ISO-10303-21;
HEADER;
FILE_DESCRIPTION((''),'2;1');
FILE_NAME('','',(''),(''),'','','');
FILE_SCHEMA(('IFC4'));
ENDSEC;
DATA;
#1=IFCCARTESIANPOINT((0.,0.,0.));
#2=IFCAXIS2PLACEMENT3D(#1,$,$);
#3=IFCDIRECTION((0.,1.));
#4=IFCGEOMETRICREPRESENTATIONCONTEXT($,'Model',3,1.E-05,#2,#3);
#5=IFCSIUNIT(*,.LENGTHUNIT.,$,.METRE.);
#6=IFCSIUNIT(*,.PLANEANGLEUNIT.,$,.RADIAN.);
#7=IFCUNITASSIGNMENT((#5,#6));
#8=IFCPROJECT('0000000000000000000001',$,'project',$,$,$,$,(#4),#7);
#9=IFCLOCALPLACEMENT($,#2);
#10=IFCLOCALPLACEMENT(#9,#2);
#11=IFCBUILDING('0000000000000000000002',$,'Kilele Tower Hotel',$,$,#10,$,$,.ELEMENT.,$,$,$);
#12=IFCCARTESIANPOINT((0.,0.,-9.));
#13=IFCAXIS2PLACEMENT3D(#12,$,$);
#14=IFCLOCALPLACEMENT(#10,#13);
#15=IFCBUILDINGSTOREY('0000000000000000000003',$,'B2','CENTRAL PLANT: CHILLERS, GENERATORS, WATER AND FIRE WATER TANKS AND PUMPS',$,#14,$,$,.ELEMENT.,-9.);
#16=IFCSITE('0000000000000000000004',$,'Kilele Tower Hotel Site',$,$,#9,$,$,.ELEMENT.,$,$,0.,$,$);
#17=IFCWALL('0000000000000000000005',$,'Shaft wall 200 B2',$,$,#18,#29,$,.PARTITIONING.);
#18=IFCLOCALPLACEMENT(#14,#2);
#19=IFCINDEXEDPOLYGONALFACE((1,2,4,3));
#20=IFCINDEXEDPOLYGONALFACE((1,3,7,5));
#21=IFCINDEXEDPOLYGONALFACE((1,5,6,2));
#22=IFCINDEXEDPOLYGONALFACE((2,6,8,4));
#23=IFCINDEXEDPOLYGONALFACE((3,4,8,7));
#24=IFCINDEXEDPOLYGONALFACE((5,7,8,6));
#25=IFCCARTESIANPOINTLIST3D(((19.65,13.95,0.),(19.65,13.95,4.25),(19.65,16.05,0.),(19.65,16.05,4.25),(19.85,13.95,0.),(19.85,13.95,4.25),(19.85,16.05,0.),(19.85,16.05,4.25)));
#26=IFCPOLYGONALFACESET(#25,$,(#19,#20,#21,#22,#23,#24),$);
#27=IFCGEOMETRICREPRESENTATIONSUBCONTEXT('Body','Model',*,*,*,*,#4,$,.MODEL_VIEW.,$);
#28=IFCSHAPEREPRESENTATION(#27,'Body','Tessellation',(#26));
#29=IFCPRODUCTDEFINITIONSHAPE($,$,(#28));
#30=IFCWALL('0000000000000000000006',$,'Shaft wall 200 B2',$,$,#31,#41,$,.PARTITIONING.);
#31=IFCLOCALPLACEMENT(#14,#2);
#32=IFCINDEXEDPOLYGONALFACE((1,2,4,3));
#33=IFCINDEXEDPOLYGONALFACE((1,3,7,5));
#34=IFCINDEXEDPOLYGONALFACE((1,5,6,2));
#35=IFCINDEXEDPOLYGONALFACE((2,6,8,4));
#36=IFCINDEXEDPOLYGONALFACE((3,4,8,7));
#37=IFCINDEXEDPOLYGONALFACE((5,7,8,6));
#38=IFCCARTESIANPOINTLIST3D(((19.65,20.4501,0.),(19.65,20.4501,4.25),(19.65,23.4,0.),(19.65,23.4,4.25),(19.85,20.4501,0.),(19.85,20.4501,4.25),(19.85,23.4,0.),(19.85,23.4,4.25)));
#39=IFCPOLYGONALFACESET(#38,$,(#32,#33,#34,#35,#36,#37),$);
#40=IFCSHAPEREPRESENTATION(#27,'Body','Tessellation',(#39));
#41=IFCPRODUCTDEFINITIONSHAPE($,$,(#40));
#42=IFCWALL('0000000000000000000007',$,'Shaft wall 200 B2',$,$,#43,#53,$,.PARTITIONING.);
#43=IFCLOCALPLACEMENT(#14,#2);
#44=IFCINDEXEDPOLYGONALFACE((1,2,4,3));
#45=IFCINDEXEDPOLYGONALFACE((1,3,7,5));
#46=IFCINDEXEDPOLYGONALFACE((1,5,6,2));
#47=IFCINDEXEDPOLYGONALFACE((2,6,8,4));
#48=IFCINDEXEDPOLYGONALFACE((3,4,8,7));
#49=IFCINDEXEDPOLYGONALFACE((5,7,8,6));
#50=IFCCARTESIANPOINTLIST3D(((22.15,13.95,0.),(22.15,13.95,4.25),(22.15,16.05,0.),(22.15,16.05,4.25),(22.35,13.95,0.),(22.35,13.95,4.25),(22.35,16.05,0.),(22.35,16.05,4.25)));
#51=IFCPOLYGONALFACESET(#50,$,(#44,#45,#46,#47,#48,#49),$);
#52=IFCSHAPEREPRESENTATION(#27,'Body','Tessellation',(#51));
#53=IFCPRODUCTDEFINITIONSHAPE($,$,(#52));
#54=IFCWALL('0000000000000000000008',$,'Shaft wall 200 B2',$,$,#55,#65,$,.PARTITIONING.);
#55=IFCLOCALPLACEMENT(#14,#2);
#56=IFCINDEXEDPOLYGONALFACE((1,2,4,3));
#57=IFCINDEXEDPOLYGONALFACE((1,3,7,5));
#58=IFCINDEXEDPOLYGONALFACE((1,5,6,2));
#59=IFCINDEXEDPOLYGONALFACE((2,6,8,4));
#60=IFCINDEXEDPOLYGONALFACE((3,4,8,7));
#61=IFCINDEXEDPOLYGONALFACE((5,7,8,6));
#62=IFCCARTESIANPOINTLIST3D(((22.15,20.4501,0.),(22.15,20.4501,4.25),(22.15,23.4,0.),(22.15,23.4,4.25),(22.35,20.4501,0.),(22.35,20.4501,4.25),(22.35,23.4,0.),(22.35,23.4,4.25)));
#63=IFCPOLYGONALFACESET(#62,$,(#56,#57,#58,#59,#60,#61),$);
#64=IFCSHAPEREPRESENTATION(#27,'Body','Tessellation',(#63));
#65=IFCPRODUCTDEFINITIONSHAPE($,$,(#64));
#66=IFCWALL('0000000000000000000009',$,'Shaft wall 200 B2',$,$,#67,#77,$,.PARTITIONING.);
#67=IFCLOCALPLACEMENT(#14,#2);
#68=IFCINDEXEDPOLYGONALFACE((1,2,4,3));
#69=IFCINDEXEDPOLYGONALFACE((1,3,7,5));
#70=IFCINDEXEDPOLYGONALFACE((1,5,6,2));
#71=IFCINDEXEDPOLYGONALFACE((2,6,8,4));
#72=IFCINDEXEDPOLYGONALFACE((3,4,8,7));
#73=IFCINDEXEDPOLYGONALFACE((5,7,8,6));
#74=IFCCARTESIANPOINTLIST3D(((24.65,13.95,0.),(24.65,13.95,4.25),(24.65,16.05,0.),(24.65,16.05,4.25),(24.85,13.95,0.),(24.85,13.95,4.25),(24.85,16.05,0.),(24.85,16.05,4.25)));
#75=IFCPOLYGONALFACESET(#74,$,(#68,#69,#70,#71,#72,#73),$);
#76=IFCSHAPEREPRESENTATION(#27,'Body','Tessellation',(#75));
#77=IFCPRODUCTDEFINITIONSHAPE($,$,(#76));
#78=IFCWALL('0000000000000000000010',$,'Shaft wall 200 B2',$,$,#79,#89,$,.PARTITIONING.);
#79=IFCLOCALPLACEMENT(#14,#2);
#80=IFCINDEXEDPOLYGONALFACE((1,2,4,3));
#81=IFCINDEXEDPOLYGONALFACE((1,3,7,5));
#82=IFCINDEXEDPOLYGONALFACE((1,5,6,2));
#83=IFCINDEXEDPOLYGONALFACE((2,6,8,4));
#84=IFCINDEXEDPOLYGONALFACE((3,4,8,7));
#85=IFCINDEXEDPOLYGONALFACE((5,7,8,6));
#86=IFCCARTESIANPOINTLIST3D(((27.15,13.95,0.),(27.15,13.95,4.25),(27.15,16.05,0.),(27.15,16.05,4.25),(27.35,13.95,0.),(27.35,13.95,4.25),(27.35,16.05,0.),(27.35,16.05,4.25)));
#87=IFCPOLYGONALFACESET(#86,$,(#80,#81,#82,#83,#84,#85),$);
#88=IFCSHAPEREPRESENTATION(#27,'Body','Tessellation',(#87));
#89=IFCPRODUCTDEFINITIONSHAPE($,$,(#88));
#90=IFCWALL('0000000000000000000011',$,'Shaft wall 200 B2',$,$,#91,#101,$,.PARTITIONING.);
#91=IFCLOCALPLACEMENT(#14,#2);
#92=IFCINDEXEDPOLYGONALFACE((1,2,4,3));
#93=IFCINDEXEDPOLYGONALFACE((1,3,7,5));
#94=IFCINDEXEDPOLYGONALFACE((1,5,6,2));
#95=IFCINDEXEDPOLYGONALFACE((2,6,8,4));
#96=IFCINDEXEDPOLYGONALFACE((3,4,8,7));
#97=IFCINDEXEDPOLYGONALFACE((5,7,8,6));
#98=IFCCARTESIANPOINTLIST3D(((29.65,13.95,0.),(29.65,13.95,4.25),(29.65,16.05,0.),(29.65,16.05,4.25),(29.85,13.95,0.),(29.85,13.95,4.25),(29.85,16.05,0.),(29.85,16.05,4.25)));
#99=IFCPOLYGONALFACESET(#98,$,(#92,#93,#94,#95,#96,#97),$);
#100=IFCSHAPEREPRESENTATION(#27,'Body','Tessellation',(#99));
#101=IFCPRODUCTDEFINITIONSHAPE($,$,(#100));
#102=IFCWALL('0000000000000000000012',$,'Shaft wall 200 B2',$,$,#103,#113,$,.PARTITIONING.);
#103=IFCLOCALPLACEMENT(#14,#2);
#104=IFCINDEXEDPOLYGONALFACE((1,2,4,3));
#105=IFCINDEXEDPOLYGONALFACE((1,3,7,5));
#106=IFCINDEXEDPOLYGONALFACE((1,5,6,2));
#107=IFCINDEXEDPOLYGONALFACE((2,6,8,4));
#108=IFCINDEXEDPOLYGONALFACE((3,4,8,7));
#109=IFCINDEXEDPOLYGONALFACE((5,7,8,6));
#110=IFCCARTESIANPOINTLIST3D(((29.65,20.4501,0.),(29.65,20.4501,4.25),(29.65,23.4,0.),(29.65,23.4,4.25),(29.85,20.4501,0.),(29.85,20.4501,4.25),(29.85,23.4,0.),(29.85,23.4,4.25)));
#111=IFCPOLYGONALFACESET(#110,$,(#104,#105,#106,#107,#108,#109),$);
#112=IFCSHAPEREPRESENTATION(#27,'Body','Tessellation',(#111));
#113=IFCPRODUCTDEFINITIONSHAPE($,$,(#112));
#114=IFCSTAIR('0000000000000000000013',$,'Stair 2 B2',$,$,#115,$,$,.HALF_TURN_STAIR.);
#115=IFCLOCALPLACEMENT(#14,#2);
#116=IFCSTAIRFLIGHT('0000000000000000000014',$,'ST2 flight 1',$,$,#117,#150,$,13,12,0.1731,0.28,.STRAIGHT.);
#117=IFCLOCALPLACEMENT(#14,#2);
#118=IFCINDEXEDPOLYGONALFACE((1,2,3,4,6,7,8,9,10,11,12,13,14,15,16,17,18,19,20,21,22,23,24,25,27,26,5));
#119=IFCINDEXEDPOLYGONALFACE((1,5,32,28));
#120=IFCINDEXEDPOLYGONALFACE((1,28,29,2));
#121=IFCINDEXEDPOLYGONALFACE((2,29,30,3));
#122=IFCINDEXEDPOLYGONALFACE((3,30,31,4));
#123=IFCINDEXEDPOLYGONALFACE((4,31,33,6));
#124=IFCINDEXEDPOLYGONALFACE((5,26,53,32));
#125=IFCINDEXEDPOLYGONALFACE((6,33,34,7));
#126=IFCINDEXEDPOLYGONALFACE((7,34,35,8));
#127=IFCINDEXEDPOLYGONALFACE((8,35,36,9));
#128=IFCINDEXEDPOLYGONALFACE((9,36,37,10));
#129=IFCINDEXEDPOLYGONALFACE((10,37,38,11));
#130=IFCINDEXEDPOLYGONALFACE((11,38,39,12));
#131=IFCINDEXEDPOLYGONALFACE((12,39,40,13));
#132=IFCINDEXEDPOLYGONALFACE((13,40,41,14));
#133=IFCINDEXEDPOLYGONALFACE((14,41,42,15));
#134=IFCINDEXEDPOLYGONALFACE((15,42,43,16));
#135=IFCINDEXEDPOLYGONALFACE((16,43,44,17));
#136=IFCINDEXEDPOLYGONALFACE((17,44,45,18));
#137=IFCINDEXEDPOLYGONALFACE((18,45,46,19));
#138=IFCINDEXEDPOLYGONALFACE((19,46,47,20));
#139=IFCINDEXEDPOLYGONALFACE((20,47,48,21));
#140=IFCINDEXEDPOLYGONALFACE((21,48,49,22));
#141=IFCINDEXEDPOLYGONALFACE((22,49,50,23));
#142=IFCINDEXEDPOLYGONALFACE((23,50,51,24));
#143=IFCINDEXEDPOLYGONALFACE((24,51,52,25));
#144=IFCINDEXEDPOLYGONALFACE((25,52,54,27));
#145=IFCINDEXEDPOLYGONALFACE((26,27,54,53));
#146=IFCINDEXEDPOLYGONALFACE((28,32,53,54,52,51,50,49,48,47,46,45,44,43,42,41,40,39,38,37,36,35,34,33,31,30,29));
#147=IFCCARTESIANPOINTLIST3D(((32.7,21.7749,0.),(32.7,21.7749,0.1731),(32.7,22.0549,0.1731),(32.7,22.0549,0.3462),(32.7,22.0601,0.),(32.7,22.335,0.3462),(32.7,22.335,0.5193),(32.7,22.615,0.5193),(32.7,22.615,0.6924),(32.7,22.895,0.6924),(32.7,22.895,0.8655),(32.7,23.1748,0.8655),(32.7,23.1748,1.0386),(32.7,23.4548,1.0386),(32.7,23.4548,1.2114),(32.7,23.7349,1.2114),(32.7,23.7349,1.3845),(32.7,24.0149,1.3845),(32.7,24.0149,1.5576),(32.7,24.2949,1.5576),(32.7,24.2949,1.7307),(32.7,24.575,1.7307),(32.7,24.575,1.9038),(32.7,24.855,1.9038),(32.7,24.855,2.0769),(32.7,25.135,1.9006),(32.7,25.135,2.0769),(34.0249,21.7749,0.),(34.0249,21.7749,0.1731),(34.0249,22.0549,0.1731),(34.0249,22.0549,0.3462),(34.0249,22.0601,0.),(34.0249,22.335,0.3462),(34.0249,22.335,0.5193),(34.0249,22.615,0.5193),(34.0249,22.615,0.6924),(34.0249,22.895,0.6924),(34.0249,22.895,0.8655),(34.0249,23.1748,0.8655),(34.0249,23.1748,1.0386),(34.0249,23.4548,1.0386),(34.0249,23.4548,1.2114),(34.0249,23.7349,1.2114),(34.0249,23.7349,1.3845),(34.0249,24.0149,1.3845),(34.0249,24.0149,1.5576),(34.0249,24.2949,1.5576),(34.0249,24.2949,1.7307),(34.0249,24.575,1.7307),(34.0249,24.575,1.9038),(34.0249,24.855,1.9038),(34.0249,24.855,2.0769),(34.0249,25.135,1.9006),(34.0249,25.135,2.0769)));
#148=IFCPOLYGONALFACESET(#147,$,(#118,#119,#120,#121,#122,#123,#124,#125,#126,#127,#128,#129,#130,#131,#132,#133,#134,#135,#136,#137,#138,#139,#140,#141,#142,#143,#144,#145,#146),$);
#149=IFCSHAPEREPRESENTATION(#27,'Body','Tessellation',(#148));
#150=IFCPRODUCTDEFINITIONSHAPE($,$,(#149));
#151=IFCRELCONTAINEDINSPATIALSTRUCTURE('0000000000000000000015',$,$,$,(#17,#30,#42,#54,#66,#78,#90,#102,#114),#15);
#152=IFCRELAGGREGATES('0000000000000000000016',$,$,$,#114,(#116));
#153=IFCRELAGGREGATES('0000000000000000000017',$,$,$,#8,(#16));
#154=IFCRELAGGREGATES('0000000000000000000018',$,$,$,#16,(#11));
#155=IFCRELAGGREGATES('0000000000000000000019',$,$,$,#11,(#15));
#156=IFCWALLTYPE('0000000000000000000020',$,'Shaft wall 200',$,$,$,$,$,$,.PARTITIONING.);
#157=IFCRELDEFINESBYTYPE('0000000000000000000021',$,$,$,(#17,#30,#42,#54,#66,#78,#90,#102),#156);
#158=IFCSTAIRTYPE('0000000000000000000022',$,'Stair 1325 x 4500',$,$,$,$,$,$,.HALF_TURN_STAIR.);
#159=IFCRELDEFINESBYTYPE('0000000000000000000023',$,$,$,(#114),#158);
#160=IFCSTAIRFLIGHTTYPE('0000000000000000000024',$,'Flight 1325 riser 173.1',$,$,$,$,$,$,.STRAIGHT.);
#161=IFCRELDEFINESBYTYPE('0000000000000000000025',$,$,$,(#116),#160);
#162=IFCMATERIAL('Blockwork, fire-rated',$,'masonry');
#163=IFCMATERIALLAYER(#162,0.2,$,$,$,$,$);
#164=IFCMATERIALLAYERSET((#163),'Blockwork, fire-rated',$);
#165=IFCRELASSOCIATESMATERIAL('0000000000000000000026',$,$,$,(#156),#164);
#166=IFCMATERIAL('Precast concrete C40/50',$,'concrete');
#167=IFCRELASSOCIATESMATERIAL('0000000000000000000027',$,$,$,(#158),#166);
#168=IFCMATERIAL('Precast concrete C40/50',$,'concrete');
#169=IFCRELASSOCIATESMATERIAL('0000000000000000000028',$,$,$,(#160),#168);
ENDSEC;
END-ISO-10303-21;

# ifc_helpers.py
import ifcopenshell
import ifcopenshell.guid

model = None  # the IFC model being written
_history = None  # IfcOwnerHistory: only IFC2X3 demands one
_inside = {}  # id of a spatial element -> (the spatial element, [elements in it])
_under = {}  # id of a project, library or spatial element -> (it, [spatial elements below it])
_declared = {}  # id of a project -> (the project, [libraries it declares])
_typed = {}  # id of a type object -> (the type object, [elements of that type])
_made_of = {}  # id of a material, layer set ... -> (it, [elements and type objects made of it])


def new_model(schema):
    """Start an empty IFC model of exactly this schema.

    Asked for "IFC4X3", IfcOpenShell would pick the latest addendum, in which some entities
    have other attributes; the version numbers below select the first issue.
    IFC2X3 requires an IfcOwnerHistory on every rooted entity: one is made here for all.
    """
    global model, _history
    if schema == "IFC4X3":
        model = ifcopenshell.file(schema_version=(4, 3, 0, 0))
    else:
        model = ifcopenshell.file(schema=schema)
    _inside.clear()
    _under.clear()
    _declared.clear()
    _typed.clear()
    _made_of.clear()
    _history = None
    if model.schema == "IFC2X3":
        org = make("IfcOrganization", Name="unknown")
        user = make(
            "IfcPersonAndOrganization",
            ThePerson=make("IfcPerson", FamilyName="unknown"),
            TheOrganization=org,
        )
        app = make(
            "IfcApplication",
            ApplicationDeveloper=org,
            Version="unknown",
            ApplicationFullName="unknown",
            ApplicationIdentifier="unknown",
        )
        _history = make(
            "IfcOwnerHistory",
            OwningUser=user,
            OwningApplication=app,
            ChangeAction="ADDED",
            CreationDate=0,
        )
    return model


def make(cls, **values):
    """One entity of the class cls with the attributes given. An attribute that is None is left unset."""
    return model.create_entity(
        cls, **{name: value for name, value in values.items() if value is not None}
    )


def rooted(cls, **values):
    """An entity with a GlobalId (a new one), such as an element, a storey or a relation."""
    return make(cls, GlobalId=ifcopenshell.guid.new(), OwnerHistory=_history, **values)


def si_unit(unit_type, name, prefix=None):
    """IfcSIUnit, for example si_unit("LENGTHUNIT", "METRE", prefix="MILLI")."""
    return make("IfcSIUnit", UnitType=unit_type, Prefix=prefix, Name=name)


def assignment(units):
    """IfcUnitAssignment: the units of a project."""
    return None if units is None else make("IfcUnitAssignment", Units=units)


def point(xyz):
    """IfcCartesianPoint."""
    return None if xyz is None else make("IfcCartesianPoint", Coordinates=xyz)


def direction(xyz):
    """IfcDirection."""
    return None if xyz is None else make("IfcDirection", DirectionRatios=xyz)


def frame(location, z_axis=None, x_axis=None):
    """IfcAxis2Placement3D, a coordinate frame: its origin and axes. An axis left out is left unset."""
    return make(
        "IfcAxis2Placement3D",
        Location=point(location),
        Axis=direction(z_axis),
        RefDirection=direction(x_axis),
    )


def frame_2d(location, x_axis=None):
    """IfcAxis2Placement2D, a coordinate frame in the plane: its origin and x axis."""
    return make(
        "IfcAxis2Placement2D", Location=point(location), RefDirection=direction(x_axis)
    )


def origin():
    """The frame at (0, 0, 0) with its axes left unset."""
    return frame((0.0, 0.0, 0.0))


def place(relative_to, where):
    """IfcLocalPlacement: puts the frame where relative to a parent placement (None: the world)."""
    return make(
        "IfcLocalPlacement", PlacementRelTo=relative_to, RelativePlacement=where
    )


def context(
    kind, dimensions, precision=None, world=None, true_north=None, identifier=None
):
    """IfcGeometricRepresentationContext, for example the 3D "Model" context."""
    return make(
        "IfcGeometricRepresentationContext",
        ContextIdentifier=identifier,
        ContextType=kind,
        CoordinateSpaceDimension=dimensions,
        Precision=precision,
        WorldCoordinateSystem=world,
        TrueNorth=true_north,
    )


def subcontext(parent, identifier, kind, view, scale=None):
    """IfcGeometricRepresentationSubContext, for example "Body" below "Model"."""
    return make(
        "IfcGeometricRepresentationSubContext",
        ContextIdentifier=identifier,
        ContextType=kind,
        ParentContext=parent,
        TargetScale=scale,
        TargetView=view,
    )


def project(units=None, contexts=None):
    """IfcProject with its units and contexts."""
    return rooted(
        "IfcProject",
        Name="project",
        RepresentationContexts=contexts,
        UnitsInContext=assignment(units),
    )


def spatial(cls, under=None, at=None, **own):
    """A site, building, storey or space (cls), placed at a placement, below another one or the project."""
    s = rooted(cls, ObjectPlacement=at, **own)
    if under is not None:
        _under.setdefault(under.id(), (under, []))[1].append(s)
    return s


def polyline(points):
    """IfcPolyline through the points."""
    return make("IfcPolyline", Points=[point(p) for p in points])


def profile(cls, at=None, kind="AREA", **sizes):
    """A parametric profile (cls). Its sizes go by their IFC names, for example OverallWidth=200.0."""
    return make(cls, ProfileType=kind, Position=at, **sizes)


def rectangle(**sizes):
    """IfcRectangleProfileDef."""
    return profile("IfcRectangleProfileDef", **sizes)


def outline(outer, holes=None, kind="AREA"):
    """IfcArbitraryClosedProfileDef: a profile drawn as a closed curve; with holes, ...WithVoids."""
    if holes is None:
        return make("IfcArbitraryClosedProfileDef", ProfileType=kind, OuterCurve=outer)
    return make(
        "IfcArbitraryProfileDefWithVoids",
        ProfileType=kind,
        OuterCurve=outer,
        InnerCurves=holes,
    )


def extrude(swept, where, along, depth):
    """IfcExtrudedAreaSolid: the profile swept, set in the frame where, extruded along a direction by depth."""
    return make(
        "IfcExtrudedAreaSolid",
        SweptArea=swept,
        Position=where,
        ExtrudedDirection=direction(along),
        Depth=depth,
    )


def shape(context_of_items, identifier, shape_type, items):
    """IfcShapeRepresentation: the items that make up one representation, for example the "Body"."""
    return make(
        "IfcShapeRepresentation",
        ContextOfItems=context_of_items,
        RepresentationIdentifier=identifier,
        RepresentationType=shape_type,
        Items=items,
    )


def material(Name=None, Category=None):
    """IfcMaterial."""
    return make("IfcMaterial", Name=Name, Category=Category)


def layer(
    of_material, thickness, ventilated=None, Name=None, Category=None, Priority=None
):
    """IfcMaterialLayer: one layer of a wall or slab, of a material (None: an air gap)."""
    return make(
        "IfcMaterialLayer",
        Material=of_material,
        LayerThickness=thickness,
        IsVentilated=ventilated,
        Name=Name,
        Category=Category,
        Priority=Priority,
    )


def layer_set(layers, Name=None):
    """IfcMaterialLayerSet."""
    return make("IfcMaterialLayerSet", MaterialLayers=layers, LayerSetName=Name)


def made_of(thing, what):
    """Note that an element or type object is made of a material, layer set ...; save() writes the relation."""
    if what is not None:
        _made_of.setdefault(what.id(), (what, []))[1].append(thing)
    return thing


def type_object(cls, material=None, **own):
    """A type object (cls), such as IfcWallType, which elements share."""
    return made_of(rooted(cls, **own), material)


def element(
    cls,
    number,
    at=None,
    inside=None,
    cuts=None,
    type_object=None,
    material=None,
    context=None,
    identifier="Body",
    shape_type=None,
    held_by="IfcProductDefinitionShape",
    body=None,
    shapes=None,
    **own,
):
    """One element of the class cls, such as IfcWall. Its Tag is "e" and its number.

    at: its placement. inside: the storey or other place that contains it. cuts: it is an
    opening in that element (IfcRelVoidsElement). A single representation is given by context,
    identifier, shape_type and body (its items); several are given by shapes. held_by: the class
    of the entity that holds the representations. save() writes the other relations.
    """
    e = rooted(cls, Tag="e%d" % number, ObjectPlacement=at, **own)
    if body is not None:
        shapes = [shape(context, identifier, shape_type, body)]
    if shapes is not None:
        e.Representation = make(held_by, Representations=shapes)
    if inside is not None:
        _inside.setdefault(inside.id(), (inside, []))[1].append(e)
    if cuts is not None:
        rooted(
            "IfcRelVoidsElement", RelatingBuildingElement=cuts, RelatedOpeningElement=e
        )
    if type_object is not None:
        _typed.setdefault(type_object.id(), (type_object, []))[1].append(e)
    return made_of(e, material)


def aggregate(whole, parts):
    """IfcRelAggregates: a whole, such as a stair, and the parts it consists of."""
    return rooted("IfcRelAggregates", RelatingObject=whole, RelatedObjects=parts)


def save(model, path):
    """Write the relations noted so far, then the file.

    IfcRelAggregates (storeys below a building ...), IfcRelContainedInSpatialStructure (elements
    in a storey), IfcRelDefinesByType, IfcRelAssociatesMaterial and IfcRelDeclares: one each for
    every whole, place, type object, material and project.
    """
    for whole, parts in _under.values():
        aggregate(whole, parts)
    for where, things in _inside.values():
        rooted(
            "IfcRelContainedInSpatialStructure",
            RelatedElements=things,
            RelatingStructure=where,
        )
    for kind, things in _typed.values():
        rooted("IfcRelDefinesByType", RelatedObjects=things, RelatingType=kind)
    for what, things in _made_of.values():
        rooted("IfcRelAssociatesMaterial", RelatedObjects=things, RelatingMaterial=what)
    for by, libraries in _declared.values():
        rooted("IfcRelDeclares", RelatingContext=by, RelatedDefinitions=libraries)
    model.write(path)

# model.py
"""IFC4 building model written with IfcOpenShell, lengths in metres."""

from ifc_helpers import new_model, si_unit, direction, frame, frame_2d, origin, place, context, subcontext, project, spatial, polyline, rectangle, outline, extrude, material, layer, layer_set, type_object, element, aggregate, save


model = new_model("IFC4")

# Units and contexts
model_context = context("Model", 3, precision=1e-05, world=origin(), true_north=direction((0.0, 1.0)))
body_context = subcontext(model_context, "Body", "Model", "MODEL_VIEW")
ifc_project = project(units=[si_unit("LENGTHUNIT", "METRE"), si_unit("PLANEANGLEUNIT", "RADIAN")], contexts=[model_context])

# Site, building, storey
site_placement = place(None, origin())
site = spatial("IfcSite", under=ifc_project, at=site_placement, Name="Kilele Tower Hotel Site", CompositionType="ELEMENT", RefElevation=0.0)
building_placement = place(site_placement, origin())
building = spatial("IfcBuilding", under=site, at=building_placement, Name="Kilele Tower Hotel", CompositionType="ELEMENT")
storey_placement = place(building_placement, frame((0.0, 0.0, -9.0)))
storey = spatial("IfcBuildingStorey", under=building, at=storey_placement, Name="B2", Description="CENTRAL PLANT: CHILLERS, GENERATORS, WATER AND FIRE WATER TANKS AND PUMPS", CompositionType="ELEMENT", Elevation=-9.0)

# Walls
ifc_material_1 = material(Name="Blockwork, fire-rated", Category="masonry")
ifc_layer_1 = layer(ifc_material_1, 0.2)
ifc_layer_set_1 = layer_set([ifc_layer_1], Name="Blockwork, fire-rated")
wall_type_1 = type_object("IfcWallType", Name="Shaft wall 200", PredefinedType="PARTITIONING", material=ifc_layer_set_1)
wall_1_placement = place(storey_placement, frame((19.75, 13.95, 0.0), z_axis=(0.0, 0.0, 1.0), x_axis=(0.0, 1.0, 0.0)))
element("IfcWall", 1, at=wall_1_placement, inside=storey, type_object=wall_type_1, Name="Shaft wall 200 B2", PredefinedType="PARTITIONING", context=body_context, shape_type="SweptSolid", body=[
    extrude(rectangle(XDim=2.1001, YDim=0.2, at=frame_2d((1.05, 0.0))), origin(), (0.0, 0.0, 1.0), 4.25),
])
wall_2_placement = place(storey_placement, frame((19.75, 20.45, 0.0), z_axis=(0.0, 0.0, 1.0), x_axis=(0.0, 1.0, 0.0)))
element("IfcWall", 2, at=wall_2_placement, inside=storey, type_object=wall_type_1, Name="Shaft wall 200 B2", PredefinedType="PARTITIONING", context=body_context, shape_type="SweptSolid", body=[
    extrude(rectangle(XDim=2.95, YDim=0.2, at=frame_2d((1.4751, 0.0))), origin(), (0.0, 0.0, 1.0), 4.25),
])
wall_3_placement = place(storey_placement, frame((22.25, 13.95, 0.0), z_axis=(0.0, 0.0, 1.0), x_axis=(0.0, 1.0, 0.0)))
element("IfcWall", 3, at=wall_3_placement, inside=storey, type_object=wall_type_1, Name="Shaft wall 200 B2", PredefinedType="PARTITIONING", context=body_context, shape_type="SweptSolid", body=[
    extrude(rectangle(XDim=2.1001, YDim=0.2, at=frame_2d((1.05, 0.0))), origin(), (0.0, 0.0, 1.0), 4.25),
])
wall_4_placement = place(storey_placement, frame((22.25, 20.45, 0.0), z_axis=(0.0, 0.0, 1.0), x_axis=(0.0, 1.0, 0.0)))
element("IfcWall", 4, at=wall_4_placement, inside=storey, type_object=wall_type_1, Name="Shaft wall 200 B2", PredefinedType="PARTITIONING", context=body_context, shape_type="SweptSolid", body=[
    extrude(rectangle(XDim=2.95, YDim=0.2, at=frame_2d((1.4751, 0.0))), origin(), (0.0, 0.0, 1.0), 4.25),
])
for number, where, z_axis, x_axis, name in (
    (5, (24.75, 13.95, 0.0), (0.0, 0.0, 1.0), (0.0, 1.0, 0.0), "Shaft wall 200 B2"),
    (6, (27.25, 13.95, 0.0), (0.0, 0.0, 1.0), (0.0, 1.0, 0.0), "Shaft wall 200 B2"),
    (7, (29.75, 13.95, 0.0), (0.0, 0.0, 1.0), (0.0, 1.0, 0.0), "Shaft wall 200 B2"),
):
    element("IfcWall", number, at=place(storey_placement, frame(where, z_axis=z_axis, x_axis=x_axis)), inside=storey, type_object=wall_type_1, Name=name, PredefinedType="PARTITIONING", context=body_context, shape_type="SweptSolid", body=[
        extrude(rectangle(XDim=2.1001, YDim=0.2, at=frame_2d((1.05, 0.0))), origin(), (0.0, 0.0, 1.0), 4.25),
    ])
wall_5_placement = place(storey_placement, frame((29.75, 20.45, 0.0), z_axis=(0.0, 0.0, 1.0), x_axis=(0.0, 1.0, 0.0)))
element("IfcWall", 8, at=wall_5_placement, inside=storey, type_object=wall_type_1, Name="Shaft wall 200 B2", PredefinedType="PARTITIONING", context=body_context, shape_type="SweptSolid", body=[
    extrude(rectangle(XDim=2.95, YDim=0.2, at=frame_2d((1.4751, 0.0))), origin(), (0.0, 0.0, 1.0), 4.25),
])

# Stair, stair flight
ifc_material_2 = material(Name="Precast concrete C40/50", Category="concrete")
stair_type = type_object("IfcStairType", Name="Stair 1325 x 4500", PredefinedType="HALF_TURN_STAIR", material=ifc_material_2)
stair_placement = place(storey_placement, origin())
stair = element("IfcStair", 9, at=stair_placement, inside=storey, type_object=stair_type, Name="Stair 2 B2", PredefinedType="HALF_TURN_STAIR")
ifc_material_3 = material(Name="Precast concrete C40/50", Category="concrete")
stair_flight_type = type_object("IfcStairFlightType", Name="Flight 1325 riser 173.1", PredefinedType="STRAIGHT", material=ifc_material_3)
stair_flight_placement = place(storey_placement, frame((33.3625, 21.7749, 0.0), z_axis=(0.0, 0.0, 1.0), x_axis=(0.0, 1.0, 0.0)))
stair_flight = element("IfcStairFlight", 10, at=stair_flight_placement, type_object=stair_flight_type, Name="ST2 flight 1", NumberOfRisers=13, NumberOfTreads=12, PredefinedType="STRAIGHT", RiserHeight=0.1731, TreadLength=0.28, context=body_context, shape_type="SweptSolid", body=[
    extrude(outline(polyline([(0.0, 0.0), (0.0, 0.1731), (0.28, 0.1731), (0.28, 0.3462), (0.5601, 0.3462), (0.5601, 0.5193), (0.8401, 0.5193), (0.8401, 0.6924), (1.1201, 0.6924), (1.1201, 0.8655), (1.3999, 0.8655), (1.3999, 1.0386), (1.6799, 1.0386), (1.6799, 1.2114), (1.96, 1.2114), (1.96, 1.3845), (2.24, 1.3845), (2.24, 1.5576), (2.52, 1.5576), (2.52, 1.7307), (2.8, 1.7307), (2.8, 1.9038), (3.0801, 1.9038), (3.0801, 2.0769), (3.3601, 2.0769), (3.3601, 2.25), (3.3601, 1.9006), (0.2852, 0.0), (0.0, 0.0)])), frame((0.0, 0.6626, 0.0), z_axis=(0.0, -1.0, 0.0), x_axis=(1.0, 0.0, 0.0)), (0.0, 0.0, 1.0), 1.325),
])
aggregate(stair, [stair_flight])

save(model, "model.ifc")
